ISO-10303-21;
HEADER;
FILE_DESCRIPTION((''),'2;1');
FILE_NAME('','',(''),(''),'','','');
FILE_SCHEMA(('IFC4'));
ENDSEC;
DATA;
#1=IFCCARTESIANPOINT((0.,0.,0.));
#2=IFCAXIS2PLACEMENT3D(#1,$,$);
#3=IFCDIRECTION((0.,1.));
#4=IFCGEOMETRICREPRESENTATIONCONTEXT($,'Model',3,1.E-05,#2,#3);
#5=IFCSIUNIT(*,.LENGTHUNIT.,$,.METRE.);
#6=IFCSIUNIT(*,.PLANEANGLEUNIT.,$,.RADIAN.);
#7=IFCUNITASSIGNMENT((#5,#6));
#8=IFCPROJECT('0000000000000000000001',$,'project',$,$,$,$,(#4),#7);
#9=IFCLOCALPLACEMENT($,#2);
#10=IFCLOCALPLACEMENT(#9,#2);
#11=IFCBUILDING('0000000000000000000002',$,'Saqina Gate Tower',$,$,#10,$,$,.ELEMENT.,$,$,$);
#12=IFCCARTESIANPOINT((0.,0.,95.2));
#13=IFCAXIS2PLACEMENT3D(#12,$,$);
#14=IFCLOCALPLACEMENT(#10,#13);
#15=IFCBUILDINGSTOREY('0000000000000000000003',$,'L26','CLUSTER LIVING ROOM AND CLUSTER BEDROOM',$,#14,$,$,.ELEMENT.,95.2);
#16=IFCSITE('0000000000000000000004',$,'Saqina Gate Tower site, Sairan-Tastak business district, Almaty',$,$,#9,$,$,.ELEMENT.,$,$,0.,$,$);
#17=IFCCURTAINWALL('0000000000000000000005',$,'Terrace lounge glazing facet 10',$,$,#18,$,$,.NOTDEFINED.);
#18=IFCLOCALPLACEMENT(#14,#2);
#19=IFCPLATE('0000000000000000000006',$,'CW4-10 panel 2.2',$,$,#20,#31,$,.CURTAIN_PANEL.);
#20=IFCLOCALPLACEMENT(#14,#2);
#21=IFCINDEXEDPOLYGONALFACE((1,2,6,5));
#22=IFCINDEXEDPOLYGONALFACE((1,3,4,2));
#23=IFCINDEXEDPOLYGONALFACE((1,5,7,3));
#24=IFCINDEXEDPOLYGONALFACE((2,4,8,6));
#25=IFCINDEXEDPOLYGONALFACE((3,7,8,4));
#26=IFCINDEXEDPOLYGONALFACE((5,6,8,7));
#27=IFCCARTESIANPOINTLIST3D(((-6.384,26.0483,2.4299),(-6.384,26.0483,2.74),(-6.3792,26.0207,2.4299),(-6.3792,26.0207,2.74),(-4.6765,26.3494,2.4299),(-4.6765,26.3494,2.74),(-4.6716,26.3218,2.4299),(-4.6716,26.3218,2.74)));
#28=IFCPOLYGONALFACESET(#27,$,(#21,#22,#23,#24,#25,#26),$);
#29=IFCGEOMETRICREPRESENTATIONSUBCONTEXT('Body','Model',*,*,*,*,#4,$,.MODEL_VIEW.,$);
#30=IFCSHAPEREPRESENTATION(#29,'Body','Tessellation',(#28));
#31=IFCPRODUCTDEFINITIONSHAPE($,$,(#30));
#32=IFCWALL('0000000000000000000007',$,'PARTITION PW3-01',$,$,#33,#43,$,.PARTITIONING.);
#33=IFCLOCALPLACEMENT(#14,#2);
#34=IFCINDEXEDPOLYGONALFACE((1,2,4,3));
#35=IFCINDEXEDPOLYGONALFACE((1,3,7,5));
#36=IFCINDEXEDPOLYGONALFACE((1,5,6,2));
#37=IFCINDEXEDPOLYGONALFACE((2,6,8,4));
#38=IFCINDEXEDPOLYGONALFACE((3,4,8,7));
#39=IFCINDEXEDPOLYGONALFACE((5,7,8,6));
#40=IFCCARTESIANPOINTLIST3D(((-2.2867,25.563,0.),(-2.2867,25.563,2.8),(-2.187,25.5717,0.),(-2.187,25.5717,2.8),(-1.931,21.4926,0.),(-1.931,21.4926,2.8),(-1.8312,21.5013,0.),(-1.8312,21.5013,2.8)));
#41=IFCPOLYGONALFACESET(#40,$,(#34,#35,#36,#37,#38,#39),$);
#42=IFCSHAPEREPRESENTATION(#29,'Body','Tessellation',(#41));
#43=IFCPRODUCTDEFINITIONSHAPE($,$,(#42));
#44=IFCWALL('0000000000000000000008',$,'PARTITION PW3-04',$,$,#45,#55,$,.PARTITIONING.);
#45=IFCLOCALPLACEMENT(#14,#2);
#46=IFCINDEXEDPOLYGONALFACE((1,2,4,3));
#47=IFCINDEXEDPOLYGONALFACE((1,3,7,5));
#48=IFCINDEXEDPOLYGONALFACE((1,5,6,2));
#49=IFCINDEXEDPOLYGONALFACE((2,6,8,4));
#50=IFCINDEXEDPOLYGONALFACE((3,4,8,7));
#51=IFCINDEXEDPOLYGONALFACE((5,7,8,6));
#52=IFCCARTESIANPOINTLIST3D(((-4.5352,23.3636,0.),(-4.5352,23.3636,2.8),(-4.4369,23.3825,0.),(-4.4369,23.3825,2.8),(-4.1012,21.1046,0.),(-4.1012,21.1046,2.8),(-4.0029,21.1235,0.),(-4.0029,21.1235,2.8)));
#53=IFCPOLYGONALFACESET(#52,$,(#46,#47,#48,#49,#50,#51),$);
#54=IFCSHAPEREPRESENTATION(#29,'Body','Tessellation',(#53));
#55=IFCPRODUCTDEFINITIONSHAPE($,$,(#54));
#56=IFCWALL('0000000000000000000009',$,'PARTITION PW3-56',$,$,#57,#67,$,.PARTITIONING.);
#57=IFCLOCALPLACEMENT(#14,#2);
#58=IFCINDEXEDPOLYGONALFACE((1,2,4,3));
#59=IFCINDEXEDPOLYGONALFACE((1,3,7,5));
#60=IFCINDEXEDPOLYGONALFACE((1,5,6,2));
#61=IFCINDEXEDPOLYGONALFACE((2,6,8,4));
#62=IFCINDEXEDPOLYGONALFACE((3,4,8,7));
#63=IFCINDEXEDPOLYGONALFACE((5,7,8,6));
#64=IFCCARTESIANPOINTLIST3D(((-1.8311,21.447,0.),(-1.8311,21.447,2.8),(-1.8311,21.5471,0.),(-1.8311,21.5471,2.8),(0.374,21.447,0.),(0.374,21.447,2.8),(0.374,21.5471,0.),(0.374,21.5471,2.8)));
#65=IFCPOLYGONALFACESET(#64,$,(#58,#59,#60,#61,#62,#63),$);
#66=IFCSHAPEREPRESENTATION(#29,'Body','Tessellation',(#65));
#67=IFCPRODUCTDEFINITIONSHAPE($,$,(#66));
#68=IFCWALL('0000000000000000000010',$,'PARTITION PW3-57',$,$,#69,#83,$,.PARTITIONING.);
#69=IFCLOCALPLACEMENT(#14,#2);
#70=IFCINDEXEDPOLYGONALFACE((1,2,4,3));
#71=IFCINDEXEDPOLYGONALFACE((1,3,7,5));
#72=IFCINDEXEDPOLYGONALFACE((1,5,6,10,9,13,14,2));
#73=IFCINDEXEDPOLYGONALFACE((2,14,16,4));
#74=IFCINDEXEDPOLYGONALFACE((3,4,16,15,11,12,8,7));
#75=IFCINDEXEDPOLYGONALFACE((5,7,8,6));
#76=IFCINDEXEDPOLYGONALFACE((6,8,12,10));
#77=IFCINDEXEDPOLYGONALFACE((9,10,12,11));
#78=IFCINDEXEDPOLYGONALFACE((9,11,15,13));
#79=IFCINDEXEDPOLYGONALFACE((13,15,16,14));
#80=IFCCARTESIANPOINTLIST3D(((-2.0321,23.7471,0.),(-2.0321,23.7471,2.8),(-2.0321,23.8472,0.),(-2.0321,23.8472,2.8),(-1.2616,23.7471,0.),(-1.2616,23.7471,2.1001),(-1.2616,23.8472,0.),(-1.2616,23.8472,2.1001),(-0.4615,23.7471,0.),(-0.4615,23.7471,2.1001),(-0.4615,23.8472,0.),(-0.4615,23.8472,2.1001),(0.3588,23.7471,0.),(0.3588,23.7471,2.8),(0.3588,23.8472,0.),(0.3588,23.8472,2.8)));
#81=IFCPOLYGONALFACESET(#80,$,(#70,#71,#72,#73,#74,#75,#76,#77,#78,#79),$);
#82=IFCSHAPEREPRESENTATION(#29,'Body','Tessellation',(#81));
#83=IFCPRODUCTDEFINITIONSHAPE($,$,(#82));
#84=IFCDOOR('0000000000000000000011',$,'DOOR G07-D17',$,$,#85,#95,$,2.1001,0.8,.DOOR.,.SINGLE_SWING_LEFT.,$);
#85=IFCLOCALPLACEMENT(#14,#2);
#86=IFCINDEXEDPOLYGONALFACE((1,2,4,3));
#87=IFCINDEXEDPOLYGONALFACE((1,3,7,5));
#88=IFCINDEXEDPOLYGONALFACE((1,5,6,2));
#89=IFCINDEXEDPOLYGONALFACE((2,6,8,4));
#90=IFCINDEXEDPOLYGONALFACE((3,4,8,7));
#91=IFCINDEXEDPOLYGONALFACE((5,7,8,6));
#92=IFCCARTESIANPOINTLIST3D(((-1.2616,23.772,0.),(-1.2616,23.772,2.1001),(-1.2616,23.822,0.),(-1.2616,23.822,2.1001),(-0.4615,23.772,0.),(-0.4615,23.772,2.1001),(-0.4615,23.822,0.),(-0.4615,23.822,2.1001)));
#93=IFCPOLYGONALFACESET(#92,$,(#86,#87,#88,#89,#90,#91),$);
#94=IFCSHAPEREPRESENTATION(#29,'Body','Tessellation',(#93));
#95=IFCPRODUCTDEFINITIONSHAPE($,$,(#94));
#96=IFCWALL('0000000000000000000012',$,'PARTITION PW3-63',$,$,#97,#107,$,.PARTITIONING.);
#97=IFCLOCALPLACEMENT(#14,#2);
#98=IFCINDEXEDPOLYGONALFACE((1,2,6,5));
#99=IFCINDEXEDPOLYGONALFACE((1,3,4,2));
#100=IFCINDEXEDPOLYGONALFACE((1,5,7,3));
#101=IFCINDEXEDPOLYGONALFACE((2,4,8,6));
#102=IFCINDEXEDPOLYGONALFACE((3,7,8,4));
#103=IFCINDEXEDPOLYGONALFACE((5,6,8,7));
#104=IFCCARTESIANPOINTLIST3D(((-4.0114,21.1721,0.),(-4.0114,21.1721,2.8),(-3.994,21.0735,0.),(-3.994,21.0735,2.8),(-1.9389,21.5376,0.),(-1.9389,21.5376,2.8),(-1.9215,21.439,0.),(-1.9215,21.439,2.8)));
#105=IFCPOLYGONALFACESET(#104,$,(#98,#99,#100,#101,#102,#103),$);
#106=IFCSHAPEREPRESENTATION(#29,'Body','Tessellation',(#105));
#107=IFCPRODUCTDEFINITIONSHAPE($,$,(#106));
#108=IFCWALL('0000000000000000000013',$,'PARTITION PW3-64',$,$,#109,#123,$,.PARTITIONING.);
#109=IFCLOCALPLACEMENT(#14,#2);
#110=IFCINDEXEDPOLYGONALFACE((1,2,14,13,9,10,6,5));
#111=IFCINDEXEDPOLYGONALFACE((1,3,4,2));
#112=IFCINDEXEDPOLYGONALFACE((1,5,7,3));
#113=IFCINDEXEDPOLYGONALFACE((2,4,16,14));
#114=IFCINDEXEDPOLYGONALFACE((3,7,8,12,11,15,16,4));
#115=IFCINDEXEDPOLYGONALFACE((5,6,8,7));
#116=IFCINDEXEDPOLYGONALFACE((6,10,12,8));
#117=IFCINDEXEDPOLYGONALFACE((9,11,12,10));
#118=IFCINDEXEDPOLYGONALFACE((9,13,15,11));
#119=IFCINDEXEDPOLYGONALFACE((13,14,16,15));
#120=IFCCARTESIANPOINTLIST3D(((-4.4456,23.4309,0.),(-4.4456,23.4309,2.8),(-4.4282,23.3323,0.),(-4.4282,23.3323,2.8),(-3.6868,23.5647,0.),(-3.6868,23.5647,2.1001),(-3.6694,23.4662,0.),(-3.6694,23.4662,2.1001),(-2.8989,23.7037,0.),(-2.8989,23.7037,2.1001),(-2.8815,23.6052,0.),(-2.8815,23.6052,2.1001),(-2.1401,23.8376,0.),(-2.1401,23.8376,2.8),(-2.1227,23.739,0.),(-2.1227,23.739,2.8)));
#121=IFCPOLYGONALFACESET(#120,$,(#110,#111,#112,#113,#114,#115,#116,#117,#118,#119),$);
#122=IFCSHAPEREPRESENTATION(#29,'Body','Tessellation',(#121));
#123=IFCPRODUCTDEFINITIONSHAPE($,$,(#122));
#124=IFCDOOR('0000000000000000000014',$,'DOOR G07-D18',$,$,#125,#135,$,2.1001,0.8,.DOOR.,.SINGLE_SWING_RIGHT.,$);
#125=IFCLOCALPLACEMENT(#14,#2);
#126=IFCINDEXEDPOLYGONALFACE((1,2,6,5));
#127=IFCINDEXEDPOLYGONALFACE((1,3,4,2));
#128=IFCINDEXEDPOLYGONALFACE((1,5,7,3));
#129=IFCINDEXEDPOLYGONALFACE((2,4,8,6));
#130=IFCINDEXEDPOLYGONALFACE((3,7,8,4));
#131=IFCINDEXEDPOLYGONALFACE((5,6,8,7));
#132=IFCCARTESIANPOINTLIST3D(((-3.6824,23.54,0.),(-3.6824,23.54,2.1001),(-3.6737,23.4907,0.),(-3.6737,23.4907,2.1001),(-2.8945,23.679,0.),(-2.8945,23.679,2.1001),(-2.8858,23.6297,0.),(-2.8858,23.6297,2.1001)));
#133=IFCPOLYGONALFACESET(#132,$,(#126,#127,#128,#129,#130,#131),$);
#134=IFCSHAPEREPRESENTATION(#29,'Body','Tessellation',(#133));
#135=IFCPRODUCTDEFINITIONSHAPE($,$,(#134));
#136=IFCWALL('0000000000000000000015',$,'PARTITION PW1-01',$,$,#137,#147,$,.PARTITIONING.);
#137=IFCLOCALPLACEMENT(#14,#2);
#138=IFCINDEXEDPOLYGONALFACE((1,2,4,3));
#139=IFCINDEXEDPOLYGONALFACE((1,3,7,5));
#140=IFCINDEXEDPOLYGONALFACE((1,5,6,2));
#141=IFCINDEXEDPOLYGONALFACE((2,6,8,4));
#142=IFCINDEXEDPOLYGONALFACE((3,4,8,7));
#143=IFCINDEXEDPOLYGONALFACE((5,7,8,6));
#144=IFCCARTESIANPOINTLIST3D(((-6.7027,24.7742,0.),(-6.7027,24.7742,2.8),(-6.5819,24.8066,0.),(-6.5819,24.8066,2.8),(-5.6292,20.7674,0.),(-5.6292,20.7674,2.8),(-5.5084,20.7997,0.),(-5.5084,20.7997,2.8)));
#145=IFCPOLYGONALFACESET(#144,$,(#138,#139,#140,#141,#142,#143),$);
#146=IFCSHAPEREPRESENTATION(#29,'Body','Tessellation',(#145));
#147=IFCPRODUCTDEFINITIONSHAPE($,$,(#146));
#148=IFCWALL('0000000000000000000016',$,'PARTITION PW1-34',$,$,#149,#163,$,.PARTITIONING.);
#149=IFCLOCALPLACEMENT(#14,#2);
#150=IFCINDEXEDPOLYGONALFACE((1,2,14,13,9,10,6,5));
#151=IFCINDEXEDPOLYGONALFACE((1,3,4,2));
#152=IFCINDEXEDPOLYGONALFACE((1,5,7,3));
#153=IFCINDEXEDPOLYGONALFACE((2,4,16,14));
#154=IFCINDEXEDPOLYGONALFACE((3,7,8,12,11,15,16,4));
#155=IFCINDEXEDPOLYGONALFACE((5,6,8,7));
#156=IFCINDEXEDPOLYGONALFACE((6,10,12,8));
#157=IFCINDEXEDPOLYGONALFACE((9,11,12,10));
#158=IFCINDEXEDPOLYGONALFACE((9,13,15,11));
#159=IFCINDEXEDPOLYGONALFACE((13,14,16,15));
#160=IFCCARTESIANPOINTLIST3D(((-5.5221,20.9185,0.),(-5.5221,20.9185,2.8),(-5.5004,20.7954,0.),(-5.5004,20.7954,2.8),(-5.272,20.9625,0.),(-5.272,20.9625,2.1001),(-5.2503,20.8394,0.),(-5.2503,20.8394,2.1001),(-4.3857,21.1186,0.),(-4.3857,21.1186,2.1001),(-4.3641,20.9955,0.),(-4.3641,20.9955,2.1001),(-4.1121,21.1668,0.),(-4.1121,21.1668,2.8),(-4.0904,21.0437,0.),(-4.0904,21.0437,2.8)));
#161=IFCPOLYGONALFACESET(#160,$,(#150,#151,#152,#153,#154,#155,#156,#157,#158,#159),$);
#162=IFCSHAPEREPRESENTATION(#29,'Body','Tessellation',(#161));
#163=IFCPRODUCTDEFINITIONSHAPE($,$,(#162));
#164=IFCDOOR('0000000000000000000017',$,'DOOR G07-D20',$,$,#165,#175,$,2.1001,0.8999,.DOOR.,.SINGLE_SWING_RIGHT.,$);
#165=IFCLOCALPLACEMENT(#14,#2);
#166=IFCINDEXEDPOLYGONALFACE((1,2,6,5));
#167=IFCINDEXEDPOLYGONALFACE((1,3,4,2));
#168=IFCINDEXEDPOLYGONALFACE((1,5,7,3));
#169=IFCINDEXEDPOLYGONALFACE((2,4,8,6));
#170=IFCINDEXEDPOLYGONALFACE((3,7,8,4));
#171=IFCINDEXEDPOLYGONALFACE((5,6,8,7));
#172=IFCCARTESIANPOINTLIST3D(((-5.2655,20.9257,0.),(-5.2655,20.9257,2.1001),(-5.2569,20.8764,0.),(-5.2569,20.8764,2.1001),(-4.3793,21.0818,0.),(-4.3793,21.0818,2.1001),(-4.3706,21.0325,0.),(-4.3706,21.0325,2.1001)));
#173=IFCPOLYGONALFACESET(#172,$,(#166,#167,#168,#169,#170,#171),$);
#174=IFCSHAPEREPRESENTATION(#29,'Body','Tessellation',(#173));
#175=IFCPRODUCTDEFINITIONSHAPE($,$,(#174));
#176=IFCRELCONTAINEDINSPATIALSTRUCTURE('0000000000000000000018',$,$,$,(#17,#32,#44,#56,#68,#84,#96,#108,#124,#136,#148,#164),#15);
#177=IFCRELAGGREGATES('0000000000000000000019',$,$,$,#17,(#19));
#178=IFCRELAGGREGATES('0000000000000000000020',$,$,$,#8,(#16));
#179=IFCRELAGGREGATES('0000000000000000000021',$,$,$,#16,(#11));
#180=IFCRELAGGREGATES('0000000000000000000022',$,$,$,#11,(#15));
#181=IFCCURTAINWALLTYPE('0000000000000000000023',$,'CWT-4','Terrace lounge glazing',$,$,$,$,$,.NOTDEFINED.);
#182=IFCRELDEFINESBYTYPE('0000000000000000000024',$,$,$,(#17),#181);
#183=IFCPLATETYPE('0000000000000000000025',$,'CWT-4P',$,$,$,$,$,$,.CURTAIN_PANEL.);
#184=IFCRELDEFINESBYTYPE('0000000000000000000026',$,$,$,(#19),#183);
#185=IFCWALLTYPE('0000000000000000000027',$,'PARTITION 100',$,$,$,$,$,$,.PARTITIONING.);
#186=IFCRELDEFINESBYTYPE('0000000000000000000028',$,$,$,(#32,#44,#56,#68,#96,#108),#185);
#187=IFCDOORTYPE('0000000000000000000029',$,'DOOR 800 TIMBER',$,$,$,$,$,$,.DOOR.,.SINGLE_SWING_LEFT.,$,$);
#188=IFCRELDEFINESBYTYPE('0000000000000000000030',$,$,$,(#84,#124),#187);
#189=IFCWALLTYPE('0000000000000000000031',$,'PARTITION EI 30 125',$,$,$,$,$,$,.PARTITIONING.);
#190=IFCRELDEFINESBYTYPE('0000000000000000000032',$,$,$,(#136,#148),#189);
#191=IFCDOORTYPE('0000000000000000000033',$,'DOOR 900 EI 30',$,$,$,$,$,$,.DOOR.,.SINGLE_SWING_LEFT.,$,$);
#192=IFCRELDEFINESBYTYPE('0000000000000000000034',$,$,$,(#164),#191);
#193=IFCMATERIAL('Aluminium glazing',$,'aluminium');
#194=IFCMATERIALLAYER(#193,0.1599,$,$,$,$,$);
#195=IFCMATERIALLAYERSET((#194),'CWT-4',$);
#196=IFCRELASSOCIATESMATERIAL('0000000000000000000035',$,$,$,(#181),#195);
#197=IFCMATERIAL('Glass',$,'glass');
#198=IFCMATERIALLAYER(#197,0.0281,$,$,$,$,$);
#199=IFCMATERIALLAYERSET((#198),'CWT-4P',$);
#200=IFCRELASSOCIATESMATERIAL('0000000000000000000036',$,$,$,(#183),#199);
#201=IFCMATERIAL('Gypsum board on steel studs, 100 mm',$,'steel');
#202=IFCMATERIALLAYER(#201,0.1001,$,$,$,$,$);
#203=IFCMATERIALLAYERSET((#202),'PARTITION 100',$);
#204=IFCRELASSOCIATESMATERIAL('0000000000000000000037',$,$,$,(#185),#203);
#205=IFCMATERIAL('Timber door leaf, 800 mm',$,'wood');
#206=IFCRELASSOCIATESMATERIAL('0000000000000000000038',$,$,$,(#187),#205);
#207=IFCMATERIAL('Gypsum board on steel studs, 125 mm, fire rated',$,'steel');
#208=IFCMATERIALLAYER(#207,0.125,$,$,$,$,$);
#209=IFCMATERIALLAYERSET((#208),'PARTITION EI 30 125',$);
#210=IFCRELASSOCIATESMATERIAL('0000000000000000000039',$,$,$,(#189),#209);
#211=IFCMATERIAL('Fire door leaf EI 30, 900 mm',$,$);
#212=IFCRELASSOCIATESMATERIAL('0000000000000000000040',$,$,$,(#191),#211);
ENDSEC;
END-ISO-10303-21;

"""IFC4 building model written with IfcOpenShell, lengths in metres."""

from ifc_helpers import new_model, si_unit, direction, frame, frame_2d, origin, origin_2d, place, context, subcontext, project, spatial, rectangle, extrude, material, layer, layer_set, type_object, element, fill, aggregate, save


model = new_model("IFC4")

# Units and contexts
model_context = context("Model", 3, precision=1e-05, world=origin(), true_north=direction((0.0, 1.0)))
body_context = subcontext(model_context, "Body", "Model", "MODEL_VIEW")
ifc_project = project(units=[si_unit("LENGTHUNIT", "METRE"), si_unit("PLANEANGLEUNIT", "RADIAN")], contexts=[model_context])

# Site, building, storey
site_placement = place(None, origin())
site = spatial("IfcSite", under=ifc_project, at=site_placement, Name="Saqina Gate Tower site, Sairan-Tastak business district, Almaty", CompositionType="ELEMENT", RefElevation=0.0)
building_placement = place(site_placement, origin())
building = spatial("IfcBuilding", under=site, at=building_placement, Name="Saqina Gate Tower", CompositionType="ELEMENT")
storey_placement = place(building_placement, frame((0.0, 0.0, 95.2)))
storey = spatial("IfcBuildingStorey", under=building, at=storey_placement, Name="L26", Description="CLUSTER LIVING ROOM AND CLUSTER BEDROOM", CompositionType="ELEMENT", Elevation=95.2)

# Curtain wall, plate
ifc_material_1 = material(Name="Aluminium glazing", Category="aluminium")
ifc_layer_1 = layer(ifc_material_1, 0.1599)
ifc_layer_set_1 = layer_set([ifc_layer_1], Name="CWT-4")
curtain_wall_type = type_object("IfcCurtainWallType", Name="CWT-4", Description="Terrace lounge glazing", PredefinedType="NOTDEFINED", material=ifc_layer_set_1)
curtain_wall_placement = place(storey_placement, origin())
curtain_wall = element("IfcCurtainWall", 1, at=curtain_wall_placement, inside=storey, type_object=curtain_wall_type, Name="Terrace lounge glazing facet 10", PredefinedType="NOTDEFINED")
ifc_material_2 = material(Name="Glass", Category="glass")
ifc_layer_2 = layer(ifc_material_2, 0.0281)
ifc_layer_set_2 = layer_set([ifc_layer_2], Name="CWT-4P")
plate_type = type_object("IfcPlateType", Name="CWT-4P", PredefinedType="CURTAIN_PANEL", material=ifc_layer_set_2)
plate_1_placement = place(storey_placement, frame((-5.5278, 26.1851, 2.4299), z_axis=(0.0, 0.0, 1.0), x_axis=(-0.984809, -0.173638, 0.0)))
plate_1 = element("IfcPlate", 2, at=plate_1_placement, type_object=plate_type, Name="CW4-10 panel 2.2", PredefinedType="CURTAIN_PANEL", context=body_context, shape_type="SweptSolid", body=[
    extrude(rectangle(XDim=1.7339, YDim=0.0281, at=origin_2d()), origin(), (0.0, 0.0, 1.0), 0.3101),
])
aggregate(curtain_wall, [plate_1])

# Walls
ifc_material_3 = material(Name="Gypsum board on steel studs, 100 mm", Category="steel")
ifc_layer_3 = layer(ifc_material_3, 0.1001)
ifc_layer_set_3 = layer_set([ifc_layer_3], Name="PARTITION 100")
wall_type_1 = type_object("IfcWallType", Name="PARTITION 100", PredefinedType="PARTITIONING", material=ifc_layer_set_3)
wall_1_placement = place(storey_placement, frame((-2.2368, 25.5674, 0.0), z_axis=(0.0, 0.0, 1.0), x_axis=(0.08706, -0.996203, 0.0)))
element("IfcWall", 3, at=wall_1_placement, inside=storey, type_object=wall_type_1, Name="PARTITION PW3-01", PredefinedType="PARTITIONING", context=body_context, shape_type="SweptSolid", body=[
    extrude(rectangle(XDim=4.0859, YDim=0.1001, at=frame_2d((2.043, 0.0))), origin(), (0.0, 0.0, 1.0), 2.8),
])
wall_2_placement = place(storey_placement, frame((-4.4861, 23.373, 0.0), z_axis=(0.0, 0.0, 1.0), x_axis=(0.188702, -0.982034, 0.0)))
element("IfcWall", 4, at=wall_2_placement, inside=storey, type_object=wall_type_1, Name="PARTITION PW3-04", PredefinedType="PARTITIONING", context=body_context, shape_type="SweptSolid", body=[
    extrude(rectangle(XDim=2.3003, YDim=0.1001, at=frame_2d((1.1501, 0.0))), origin(), (0.0, 0.0, 1.0), 2.8),
])
wall_3_placement = place(storey_placement, frame((-1.8311, 21.4971, 0.0), z_axis=(0.0, 0.0, 1.0), x_axis=(1.0, 0.0, 0.0)))
element("IfcWall", 5, at=wall_3_placement, inside=storey, type_object=wall_type_1, Name="PARTITION PW3-56", PredefinedType="PARTITIONING", context=body_context, shape_type="SweptSolid", body=[
    extrude(rectangle(XDim=2.2051, YDim=0.1001, at=frame_2d((1.1025, 0.0))), origin(), (0.0, 0.0, 1.0), 2.8),
])

# Wall, opening, door
wall_4_placement = place(storey_placement, frame((-2.032, 23.7971, 0.0), z_axis=(0.0, 0.0, 1.0), x_axis=(1.0, 0.0, 0.0)))
wall_4 = element("IfcWall", 6, at=wall_4_placement, inside=storey, type_object=wall_type_1, Name="PARTITION PW3-57", PredefinedType="PARTITIONING", context=body_context, shape_type="SweptSolid", body=[
    extrude(rectangle(XDim=2.3909, YDim=0.1001, at=frame_2d((1.1953, 0.0))), origin(), (0.0, 0.0, 1.0), 2.8),
])
opening_1_placement = place(wall_4_placement, frame((0.7705, 0.0, 0.0)))
opening_1 = element("IfcOpeningElement", 7, at=opening_1_placement, cuts=wall_4, PredefinedType="OPENING", context=body_context, shape_type="SweptSolid", body=[
    extrude(rectangle(XDim=0.8, YDim=2.1001, at=frame_2d((0.3999, 1.05))), frame((0.0, 0.062, 0.0), z_axis=(0.0, -1.0, 0.0), x_axis=(1.0, 0.0, 0.0)), (0.0, 0.0, 1.0), 0.124),
])
ifc_material_4 = material(Name="Timber door leaf, 800 mm", Category="wood")
door_type_1 = type_object("IfcDoorType", Name="DOOR 800 TIMBER", OperationType="SINGLE_SWING_LEFT", PredefinedType="DOOR", material=ifc_material_4)
door_1_placement = place(opening_1_placement, origin())
door_1 = element("IfcDoor", 8, at=door_1_placement, inside=storey, type_object=door_type_1, Name="DOOR G07-D17", OperationType="SINGLE_SWING_LEFT", OverallHeight=2.1001, OverallWidth=0.8, PredefinedType="DOOR", context=body_context, shape_type="SweptSolid", body=[
    extrude(rectangle(XDim=0.8, YDim=2.1001, at=frame_2d((0.3999, 1.05))), frame((0.0, 0.0249, 0.0), z_axis=(0.0, -1.0, 0.0), x_axis=(1.0, 0.0, 0.0)), (0.0, 0.0, 1.0), 0.05),
])
fill(opening_1, door_1)

# Wall
wall_5_placement = place(storey_placement, frame((-4.0027, 21.1228, 0.0), z_axis=(0.0, 0.0, 1.0), x_axis=(0.984805, 0.173666, 0.0)))
element("IfcWall", 9, at=wall_5_placement, inside=storey, type_object=wall_type_1, Name="PARTITION PW3-63", PredefinedType="PARTITIONING", context=body_context, shape_type="SweptSolid", body=[
    extrude(rectangle(XDim=2.1045, YDim=0.1001, at=frame_2d((1.0522, 0.0))), origin(), (0.0, 0.0, 1.0), 2.8),
])

# Wall, opening, door
wall_6_placement = place(storey_placement, frame((-4.4368, 23.3816, 0.0), z_axis=(0.0, 0.0, 1.0), x_axis=(0.984791, 0.173744, 0.0)))
wall_6 = element("IfcWall", 10, at=wall_6_placement, inside=storey, type_object=wall_type_1, Name="PARTITION PW3-64", PredefinedType="PARTITIONING", context=body_context, shape_type="SweptSolid", body=[
    extrude(rectangle(XDim=2.3411, YDim=0.1001, at=frame_2d((1.1704, 0.0))), origin(), (0.0, 0.0, 1.0), 2.8),
])
opening_2_placement = place(wall_6_placement, frame((0.7705, 0.0, 0.0)))
opening_2 = element("IfcOpeningElement", 11, at=opening_2_placement, cuts=wall_6, PredefinedType="OPENING", context=body_context, shape_type="SweptSolid", body=[
    extrude(rectangle(XDim=0.8, YDim=2.1001, at=frame_2d((0.3999, 1.05))), frame((0.0, 0.062, 0.0), z_axis=(0.0, -1.0, 0.0), x_axis=(1.0, 0.0, 0.0)), (0.0, 0.0, 1.0), 0.124),
])
door_2_placement = place(opening_2_placement, origin())
door_2 = element("IfcDoor", 12, at=door_2_placement, inside=storey, type_object=door_type_1, Name="DOOR G07-D18", OperationType="SINGLE_SWING_RIGHT", OverallHeight=2.1001, OverallWidth=0.8, PredefinedType="DOOR", context=body_context, shape_type="SweptSolid", body=[
    extrude(rectangle(XDim=0.8, YDim=2.1001, at=frame_2d((0.3999, 1.05))), frame((0.0, 0.0249, 0.0), z_axis=(0.0, -1.0, 0.0), x_axis=(1.0, 0.0, 0.0)), (0.0, 0.0, 1.0), 0.05),
])
fill(opening_2, door_2)

# Wall
ifc_material_5 = material(Name="Gypsum board on steel studs, 125 mm, fire rated", Category="steel")
ifc_layer_4 = layer(ifc_material_5, 0.125)
ifc_layer_set_4 = layer_set([ifc_layer_4], Name="PARTITION EI 30 125")
wall_type_2 = type_object("IfcWallType", Name="PARTITION EI 30 125", PredefinedType="PARTITIONING", material=ifc_layer_set_4)
wall_7_placement = place(storey_placement, frame((-6.6423, 24.7905, 0.0), z_axis=(0.0, 0.0, 1.0), x_axis=(0.258787, -0.965934, 0.0)))
element("IfcWall", 13, at=wall_7_placement, inside=storey, type_object=wall_type_2, Name="PARTITION PW1-01", PredefinedType="PARTITIONING", context=body_context, shape_type="SweptSolid", body=[
    extrude(rectangle(XDim=4.1482, YDim=0.125, at=frame_2d((2.0742, 0.0))), origin(), (0.0, 0.0, 1.0), 2.8),
])

# Wall, opening, door
wall_8_placement = place(storey_placement, frame((-5.5112, 20.8569, 0.0), z_axis=(0.0, 0.0, 1.0), x_axis=(0.984845, 0.173435, 0.0)))
wall_8 = element("IfcWall", 14, at=wall_8_placement, inside=storey, type_object=wall_type_2, Name="PARTITION PW1-34", PredefinedType="PARTITIONING", context=body_context, shape_type="SweptSolid", body=[
    extrude(rectangle(XDim=1.4316, YDim=0.125, at=frame_2d((0.7158, 0.0))), origin(), (0.0, 0.0, 1.0), 2.8),
])
opening_3_placement = place(wall_8_placement, frame((0.2539, 0.0, 0.0)))
opening_3 = element("IfcOpeningElement", 15, at=opening_3_placement, cuts=wall_8, PredefinedType="OPENING", context=body_context, shape_type="SweptSolid", body=[
    extrude(rectangle(XDim=0.8999, YDim=2.1001, at=frame_2d((0.45, 1.05))), frame((0.0, 0.0745, 0.0), z_axis=(0.0, -1.0, 0.0), x_axis=(1.0, 0.0, 0.0)), (0.0, 0.0, 1.0), 0.1489),
])
ifc_material_6 = material(Name="Fire door leaf EI 30, 900 mm")
door_type_2 = type_object("IfcDoorType", Name="DOOR 900 EI 30", OperationType="SINGLE_SWING_LEFT", PredefinedType="DOOR", material=ifc_material_6)
door_3_placement = place(opening_3_placement, frame((0.8999, 0.0, 0.0), z_axis=(0.0, 0.0, 1.0), x_axis=(-1.0, 0.0, 0.0)))
door_3 = element("IfcDoor", 16, at=door_3_placement, inside=storey, type_object=door_type_2, Name="DOOR G07-D20", OperationType="SINGLE_SWING_RIGHT", OverallHeight=2.1001, OverallWidth=0.8999, PredefinedType="DOOR", context=body_context, shape_type="SweptSolid", body=[
    extrude(rectangle(XDim=0.8999, YDim=2.1001, at=frame_2d((0.45, 1.05))), frame((0.0, 0.0249, 0.0), z_axis=(0.0, -1.0, 0.0), x_axis=(1.0, 0.0, 0.0)), (0.0, 0.0, 1.0), 0.05),
])
fill(opening_3, door_3)

save(model, "model.ifc")
